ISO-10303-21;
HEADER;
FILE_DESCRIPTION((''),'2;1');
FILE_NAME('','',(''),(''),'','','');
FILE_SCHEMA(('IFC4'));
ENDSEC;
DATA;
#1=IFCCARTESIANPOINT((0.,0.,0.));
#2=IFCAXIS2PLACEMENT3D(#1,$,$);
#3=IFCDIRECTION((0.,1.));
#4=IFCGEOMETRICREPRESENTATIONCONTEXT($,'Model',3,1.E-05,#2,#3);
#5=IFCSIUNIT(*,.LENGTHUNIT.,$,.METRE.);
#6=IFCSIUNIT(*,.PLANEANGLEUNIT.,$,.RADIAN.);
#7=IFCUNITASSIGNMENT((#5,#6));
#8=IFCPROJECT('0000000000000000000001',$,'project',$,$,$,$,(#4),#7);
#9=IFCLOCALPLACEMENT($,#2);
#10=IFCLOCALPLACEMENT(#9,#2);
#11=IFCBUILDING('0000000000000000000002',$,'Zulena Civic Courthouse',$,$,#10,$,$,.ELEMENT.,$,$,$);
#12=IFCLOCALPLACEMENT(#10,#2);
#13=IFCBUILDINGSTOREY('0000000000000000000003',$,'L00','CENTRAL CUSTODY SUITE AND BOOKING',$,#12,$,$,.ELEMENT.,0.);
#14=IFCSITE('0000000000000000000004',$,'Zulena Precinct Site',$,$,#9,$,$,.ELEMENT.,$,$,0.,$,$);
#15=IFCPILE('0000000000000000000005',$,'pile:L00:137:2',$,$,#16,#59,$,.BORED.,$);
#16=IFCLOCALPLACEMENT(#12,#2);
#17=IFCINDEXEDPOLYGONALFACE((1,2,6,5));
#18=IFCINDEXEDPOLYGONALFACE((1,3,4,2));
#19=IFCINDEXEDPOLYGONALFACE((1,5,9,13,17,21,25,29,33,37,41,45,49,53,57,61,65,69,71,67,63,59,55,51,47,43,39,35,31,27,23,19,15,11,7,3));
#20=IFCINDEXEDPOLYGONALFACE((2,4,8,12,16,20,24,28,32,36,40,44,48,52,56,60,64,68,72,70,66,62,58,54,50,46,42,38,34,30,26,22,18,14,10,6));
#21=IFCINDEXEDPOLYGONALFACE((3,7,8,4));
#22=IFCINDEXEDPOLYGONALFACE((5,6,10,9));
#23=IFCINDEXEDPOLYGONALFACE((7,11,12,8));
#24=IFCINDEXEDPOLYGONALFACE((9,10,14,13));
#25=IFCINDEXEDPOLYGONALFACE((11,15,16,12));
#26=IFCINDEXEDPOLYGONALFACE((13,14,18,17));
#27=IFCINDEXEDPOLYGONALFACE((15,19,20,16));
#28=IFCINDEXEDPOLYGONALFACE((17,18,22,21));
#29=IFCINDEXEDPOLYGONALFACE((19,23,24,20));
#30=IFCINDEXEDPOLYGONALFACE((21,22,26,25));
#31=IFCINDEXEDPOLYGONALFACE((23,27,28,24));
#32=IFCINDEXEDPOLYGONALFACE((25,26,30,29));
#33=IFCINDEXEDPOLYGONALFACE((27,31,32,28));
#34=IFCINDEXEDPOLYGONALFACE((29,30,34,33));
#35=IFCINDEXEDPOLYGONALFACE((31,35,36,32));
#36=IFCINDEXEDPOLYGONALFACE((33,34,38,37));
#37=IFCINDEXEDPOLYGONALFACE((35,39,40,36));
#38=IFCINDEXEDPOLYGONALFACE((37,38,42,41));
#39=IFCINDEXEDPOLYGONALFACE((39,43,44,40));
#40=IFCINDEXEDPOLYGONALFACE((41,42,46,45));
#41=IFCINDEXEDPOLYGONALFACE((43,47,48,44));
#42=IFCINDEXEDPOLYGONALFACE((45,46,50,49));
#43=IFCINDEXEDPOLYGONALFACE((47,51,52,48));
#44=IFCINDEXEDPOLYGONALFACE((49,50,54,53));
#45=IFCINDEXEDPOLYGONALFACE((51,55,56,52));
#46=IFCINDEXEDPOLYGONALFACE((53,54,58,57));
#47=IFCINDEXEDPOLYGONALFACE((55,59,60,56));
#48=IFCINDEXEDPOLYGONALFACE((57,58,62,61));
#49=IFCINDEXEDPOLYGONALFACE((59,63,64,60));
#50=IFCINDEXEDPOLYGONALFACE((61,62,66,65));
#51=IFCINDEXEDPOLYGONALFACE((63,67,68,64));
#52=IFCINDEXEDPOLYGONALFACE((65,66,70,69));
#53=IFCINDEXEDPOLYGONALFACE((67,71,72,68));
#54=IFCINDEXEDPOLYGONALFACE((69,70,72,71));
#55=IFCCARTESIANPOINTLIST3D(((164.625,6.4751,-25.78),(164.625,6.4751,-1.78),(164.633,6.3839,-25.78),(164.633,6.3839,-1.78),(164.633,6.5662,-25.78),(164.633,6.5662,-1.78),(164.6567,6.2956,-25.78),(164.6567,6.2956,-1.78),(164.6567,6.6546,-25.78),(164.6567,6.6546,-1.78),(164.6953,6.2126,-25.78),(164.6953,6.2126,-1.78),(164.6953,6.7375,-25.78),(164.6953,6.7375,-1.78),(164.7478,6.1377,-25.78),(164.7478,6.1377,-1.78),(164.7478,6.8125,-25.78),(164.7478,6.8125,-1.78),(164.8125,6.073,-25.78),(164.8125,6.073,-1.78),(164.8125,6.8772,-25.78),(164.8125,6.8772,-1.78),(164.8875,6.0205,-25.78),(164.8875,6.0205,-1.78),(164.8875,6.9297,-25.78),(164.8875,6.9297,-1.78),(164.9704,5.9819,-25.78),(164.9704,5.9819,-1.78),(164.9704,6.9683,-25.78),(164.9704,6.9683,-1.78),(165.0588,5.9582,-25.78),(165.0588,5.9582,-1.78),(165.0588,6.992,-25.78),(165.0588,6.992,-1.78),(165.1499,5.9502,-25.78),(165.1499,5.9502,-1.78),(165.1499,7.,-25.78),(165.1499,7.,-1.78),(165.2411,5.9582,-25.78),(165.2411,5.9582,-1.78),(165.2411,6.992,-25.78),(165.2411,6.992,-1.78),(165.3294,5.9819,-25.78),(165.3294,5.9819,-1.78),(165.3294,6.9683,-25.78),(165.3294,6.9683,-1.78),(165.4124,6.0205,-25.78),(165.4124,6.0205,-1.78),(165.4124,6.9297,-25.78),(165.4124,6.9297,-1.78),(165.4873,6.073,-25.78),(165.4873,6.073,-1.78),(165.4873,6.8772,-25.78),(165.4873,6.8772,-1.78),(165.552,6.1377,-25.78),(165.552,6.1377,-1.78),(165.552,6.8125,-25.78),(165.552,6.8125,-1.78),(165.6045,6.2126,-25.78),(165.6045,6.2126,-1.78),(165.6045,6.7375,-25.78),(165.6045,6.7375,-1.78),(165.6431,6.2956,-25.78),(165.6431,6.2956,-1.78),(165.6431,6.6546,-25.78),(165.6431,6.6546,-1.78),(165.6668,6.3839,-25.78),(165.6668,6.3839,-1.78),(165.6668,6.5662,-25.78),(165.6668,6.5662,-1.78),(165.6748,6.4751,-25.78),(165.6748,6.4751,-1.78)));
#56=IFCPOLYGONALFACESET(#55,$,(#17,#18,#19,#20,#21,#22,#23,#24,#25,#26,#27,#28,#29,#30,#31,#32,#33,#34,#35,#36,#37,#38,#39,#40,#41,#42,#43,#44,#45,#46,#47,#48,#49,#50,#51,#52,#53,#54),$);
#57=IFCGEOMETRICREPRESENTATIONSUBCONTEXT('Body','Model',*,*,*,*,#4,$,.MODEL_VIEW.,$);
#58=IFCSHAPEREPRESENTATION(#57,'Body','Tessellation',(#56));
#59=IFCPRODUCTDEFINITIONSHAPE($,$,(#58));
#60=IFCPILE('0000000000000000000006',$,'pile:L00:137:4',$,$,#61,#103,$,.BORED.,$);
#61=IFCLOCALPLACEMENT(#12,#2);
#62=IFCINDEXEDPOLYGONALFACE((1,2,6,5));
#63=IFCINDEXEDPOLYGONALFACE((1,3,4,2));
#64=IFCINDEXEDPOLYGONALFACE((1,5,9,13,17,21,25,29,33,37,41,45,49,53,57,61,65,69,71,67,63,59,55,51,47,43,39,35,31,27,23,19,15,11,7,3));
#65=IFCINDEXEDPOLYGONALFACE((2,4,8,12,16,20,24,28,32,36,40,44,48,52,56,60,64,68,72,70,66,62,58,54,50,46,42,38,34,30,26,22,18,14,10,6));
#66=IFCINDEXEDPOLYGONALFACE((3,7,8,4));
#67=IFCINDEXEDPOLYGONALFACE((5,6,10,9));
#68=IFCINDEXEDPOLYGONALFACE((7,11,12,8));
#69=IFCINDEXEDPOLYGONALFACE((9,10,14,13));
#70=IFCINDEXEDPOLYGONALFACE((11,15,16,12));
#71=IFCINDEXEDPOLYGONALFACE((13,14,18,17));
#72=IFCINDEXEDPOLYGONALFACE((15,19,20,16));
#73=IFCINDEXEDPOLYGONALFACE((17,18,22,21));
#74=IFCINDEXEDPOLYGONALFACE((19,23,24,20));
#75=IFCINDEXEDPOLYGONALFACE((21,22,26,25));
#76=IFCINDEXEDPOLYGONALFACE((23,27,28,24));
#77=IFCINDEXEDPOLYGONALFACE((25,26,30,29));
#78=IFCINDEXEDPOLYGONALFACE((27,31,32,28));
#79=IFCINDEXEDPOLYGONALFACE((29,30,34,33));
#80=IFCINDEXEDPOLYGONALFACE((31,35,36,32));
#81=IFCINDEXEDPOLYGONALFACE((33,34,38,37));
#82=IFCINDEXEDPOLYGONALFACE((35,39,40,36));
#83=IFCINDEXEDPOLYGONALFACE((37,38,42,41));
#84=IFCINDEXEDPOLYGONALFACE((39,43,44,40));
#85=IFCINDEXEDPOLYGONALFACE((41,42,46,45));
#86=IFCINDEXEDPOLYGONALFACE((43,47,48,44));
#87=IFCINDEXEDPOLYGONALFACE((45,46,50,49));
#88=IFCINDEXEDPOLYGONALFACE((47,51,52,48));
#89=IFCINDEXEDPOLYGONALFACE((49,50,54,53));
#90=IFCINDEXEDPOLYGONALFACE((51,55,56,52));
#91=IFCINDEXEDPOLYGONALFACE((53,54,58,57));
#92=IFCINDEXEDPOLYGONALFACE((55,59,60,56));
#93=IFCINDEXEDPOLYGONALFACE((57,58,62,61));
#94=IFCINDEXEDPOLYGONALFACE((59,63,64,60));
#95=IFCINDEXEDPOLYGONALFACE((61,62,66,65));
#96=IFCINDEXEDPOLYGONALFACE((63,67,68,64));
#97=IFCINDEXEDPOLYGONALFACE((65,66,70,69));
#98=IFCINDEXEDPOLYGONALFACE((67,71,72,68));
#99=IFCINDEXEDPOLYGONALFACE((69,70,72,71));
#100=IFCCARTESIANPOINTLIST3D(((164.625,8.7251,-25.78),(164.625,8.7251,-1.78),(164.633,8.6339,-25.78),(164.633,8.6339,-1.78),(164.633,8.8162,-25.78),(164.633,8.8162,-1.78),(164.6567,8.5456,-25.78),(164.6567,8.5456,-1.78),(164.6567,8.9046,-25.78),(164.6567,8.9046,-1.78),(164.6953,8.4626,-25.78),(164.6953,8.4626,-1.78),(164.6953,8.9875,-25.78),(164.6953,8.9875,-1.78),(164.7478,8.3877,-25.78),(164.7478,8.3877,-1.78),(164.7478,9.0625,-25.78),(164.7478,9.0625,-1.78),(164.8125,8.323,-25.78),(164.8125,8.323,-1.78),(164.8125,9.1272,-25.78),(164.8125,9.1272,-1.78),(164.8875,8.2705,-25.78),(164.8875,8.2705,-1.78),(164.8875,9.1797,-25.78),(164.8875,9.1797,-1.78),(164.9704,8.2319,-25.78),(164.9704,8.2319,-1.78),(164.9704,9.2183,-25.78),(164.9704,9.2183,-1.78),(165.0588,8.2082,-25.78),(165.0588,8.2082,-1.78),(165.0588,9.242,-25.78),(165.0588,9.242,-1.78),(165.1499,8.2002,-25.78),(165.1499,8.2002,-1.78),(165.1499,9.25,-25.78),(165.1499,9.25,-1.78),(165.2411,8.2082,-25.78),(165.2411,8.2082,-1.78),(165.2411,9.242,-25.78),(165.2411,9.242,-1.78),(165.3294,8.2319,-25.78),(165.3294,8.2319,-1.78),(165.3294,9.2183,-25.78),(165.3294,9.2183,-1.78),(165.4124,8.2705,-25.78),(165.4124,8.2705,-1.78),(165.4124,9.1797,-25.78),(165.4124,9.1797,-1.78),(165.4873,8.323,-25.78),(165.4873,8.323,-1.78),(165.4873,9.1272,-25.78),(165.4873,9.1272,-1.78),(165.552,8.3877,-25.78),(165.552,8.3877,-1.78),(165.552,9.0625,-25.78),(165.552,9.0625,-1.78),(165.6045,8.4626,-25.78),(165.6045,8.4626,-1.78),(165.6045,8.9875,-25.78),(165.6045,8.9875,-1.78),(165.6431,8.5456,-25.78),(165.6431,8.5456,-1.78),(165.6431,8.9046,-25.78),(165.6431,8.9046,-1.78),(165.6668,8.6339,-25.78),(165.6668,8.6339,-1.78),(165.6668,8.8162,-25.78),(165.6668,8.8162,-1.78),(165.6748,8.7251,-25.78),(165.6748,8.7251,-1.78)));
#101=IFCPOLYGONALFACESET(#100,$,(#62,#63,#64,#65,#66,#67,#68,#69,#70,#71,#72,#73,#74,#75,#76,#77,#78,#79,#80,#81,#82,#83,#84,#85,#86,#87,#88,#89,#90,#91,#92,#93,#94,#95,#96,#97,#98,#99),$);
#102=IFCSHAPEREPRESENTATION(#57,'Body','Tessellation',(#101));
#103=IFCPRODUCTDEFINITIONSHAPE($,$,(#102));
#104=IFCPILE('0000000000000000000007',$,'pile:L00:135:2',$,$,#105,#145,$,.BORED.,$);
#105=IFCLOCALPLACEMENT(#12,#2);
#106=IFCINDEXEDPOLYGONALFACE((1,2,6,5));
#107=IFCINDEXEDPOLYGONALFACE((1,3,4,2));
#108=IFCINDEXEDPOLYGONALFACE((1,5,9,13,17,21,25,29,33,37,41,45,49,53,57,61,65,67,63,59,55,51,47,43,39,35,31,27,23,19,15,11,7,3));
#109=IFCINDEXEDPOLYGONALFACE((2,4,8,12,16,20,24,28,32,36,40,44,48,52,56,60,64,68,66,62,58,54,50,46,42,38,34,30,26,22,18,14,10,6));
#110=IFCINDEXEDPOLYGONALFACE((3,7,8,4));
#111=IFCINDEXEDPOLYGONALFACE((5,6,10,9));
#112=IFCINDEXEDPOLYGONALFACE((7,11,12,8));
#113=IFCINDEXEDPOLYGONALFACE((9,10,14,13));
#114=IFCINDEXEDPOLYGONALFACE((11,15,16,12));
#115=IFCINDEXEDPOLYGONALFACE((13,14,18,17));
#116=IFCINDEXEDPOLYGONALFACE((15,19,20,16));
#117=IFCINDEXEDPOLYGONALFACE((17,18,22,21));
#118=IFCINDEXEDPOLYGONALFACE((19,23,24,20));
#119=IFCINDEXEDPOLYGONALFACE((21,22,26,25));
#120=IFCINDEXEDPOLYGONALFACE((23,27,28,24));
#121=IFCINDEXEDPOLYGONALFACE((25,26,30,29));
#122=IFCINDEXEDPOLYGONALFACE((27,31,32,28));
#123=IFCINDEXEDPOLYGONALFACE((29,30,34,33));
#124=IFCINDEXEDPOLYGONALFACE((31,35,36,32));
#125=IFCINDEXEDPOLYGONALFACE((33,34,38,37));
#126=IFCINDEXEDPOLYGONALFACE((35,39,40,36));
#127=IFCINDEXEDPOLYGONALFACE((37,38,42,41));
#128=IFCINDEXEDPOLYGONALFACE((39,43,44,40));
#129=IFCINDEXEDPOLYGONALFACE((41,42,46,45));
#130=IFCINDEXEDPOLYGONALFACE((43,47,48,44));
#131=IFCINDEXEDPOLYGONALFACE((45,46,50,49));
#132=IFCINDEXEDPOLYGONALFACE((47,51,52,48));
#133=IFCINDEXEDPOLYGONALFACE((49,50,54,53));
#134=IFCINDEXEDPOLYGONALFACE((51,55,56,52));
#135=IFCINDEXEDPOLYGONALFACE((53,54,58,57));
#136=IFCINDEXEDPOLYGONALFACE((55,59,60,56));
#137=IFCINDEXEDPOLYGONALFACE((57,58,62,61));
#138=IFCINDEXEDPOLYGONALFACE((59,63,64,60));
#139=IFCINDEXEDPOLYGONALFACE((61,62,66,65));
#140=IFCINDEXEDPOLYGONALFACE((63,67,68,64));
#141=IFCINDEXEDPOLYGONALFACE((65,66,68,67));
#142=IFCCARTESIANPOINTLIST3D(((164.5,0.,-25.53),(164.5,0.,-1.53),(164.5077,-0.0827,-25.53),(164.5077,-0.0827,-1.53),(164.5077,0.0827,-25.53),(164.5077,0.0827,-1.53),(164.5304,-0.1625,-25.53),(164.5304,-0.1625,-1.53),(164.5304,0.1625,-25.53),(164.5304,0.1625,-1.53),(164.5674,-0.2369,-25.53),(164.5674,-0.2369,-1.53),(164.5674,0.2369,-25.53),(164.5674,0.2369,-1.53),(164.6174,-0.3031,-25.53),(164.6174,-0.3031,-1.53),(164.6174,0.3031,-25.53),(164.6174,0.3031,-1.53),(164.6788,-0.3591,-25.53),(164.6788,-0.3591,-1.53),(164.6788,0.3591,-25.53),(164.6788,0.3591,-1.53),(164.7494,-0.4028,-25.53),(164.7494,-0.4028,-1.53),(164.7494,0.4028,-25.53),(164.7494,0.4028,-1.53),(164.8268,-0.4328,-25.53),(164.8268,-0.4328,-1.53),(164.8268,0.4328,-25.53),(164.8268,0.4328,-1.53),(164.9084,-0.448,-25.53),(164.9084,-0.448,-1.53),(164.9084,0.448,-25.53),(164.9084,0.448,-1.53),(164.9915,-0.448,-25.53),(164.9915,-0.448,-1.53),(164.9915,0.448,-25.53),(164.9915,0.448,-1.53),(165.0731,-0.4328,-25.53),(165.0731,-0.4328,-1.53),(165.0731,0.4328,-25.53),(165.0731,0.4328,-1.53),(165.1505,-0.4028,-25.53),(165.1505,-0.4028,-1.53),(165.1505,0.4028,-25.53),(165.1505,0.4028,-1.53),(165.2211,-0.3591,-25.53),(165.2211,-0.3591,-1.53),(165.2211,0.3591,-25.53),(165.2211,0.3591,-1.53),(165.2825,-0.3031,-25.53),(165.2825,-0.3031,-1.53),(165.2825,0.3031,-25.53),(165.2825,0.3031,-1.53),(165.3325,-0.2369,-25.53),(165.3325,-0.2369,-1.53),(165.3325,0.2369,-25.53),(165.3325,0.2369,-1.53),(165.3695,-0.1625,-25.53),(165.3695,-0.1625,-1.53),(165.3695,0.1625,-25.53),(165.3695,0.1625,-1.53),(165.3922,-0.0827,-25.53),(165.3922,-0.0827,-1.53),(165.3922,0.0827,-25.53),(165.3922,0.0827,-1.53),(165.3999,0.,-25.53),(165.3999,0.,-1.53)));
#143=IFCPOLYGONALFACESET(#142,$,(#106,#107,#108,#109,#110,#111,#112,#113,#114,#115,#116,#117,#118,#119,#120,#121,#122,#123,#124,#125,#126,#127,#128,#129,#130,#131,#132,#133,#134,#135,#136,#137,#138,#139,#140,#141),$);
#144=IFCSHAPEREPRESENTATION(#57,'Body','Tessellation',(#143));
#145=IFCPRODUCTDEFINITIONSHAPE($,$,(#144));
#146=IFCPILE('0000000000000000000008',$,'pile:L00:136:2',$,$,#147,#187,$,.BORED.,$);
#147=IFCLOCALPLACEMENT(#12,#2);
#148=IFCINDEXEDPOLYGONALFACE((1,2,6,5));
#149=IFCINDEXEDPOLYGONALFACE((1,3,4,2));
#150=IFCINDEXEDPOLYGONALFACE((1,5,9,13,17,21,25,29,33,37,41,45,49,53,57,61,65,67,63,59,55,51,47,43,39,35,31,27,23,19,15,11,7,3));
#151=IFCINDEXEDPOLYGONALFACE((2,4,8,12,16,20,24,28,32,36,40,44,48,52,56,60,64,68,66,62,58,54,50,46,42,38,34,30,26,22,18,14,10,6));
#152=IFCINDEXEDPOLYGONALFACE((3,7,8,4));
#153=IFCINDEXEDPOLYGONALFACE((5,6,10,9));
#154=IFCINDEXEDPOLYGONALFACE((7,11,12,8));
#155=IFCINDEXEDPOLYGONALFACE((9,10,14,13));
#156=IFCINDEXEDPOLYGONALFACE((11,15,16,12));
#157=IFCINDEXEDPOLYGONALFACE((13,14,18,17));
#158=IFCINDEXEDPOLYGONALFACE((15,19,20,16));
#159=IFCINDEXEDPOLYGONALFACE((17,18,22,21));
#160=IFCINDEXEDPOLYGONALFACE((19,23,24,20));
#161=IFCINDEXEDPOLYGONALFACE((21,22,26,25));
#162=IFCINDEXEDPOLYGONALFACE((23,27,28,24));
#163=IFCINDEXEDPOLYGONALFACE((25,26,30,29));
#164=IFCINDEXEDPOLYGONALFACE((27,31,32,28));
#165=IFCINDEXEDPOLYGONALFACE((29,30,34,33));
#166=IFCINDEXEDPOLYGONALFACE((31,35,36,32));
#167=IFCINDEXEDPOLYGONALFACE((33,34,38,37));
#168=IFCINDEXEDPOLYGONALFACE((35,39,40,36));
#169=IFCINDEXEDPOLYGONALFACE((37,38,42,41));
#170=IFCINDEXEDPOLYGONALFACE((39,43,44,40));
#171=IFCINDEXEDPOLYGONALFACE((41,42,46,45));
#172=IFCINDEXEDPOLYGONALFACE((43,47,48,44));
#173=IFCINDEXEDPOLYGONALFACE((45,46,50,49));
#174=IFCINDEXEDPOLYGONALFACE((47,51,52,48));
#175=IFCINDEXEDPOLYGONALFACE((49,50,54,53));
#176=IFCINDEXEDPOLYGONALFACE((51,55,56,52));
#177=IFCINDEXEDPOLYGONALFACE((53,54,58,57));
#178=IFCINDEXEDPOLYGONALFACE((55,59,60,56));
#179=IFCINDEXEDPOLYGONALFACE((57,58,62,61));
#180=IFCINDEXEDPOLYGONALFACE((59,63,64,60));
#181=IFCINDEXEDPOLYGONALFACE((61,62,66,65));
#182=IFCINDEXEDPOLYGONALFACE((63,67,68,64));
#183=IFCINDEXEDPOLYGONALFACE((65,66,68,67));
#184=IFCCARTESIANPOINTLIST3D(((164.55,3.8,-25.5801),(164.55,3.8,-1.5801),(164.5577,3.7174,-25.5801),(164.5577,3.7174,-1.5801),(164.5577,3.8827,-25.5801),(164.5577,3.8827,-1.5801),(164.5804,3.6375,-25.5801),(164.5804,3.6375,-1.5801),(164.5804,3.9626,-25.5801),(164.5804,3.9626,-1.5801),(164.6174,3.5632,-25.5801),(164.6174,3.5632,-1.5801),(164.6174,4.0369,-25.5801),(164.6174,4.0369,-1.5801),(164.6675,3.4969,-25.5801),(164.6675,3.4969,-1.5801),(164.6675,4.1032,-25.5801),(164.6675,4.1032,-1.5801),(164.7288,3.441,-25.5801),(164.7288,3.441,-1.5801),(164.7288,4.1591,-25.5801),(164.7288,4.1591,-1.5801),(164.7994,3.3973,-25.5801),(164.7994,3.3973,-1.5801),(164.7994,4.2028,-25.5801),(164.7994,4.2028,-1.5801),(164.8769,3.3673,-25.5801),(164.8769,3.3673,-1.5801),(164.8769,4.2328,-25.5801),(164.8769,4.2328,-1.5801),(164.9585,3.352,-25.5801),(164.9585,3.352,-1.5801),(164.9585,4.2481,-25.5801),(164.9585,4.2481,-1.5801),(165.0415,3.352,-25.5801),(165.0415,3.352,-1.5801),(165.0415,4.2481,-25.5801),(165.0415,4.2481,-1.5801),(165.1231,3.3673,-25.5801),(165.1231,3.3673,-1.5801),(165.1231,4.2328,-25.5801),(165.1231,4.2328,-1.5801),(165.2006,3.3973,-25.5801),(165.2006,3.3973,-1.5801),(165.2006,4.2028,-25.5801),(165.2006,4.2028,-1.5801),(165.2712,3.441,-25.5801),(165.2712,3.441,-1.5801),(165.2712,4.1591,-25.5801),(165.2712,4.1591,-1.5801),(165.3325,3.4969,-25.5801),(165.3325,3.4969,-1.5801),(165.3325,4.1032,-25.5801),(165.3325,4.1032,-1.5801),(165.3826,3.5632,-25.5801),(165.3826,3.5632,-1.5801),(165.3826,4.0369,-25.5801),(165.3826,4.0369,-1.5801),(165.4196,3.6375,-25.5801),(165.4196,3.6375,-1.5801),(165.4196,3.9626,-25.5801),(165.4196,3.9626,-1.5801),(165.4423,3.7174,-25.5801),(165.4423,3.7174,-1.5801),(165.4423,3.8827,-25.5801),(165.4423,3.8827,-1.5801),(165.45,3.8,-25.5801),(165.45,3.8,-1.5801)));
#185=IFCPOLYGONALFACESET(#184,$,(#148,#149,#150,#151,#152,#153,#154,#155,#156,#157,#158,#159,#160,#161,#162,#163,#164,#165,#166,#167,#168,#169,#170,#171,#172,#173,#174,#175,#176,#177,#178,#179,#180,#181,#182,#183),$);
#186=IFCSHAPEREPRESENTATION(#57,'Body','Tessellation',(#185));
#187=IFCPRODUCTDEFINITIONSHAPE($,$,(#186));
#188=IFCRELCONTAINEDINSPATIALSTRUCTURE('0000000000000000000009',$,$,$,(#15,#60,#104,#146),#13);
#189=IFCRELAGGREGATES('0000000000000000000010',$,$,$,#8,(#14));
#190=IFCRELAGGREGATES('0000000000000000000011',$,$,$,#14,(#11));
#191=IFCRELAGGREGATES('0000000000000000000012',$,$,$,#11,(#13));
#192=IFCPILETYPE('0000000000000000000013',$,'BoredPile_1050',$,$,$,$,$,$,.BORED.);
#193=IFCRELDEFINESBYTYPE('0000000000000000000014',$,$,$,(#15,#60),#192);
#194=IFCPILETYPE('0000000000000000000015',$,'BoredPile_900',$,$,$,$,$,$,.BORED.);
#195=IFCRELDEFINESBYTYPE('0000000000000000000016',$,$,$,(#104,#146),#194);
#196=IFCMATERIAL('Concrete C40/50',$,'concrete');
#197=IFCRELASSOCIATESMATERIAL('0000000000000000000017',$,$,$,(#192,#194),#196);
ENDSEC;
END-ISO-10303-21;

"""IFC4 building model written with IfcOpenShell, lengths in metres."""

from ifc_helpers import new_model, si_unit, direction, frame, origin, origin_2d, place, context, subcontext, project, spatial, circle, extrude, material, material_profile, profile_set, type_object, element, save


model = new_model("IFC4")

# Units and contexts
model_context = context("Model", 3, precision=1e-05, world=origin(), true_north=direction((0.0, 1.0)))
body_context = subcontext(model_context, "Body", "Model", "MODEL_VIEW")
ifc_project = project(units=[si_unit("LENGTHUNIT", "METRE"), si_unit("PLANEANGLEUNIT", "RADIAN")], contexts=[model_context])

# Site, building, storey
site_placement = place(None, origin())
site = spatial("IfcSite", under=ifc_project, at=site_placement, Name="Zulena Precinct Site", CompositionType="ELEMENT", RefElevation=0.0)
building_placement = place(site_placement, origin())
building = spatial("IfcBuilding", under=site, at=building_placement, Name="Zulena Civic Courthouse", CompositionType="ELEMENT")
storey_placement = place(building_placement, origin())
storey = spatial("IfcBuildingStorey", under=building, at=storey_placement, Name="L00", Description="CENTRAL CUSTODY SUITE AND BOOKING", CompositionType="ELEMENT", Elevation=0.0)

# Piles
ifc_material_1 = material(Name="Concrete C40/50", Category="concrete")
ifc_material_profile_1 = material_profile(ifc_material_1, circle(Radius=0.5249, at=origin_2d()), Name="PILE1050")
ifc_profile_set_1 = profile_set([ifc_material_profile_1], Name="Concrete C40/50")
pile_type_1 = type_object("IfcPileType", Name="BoredPile_1050", PredefinedType="BORED", material=ifc_profile_set_1)
for number, where, z_axis, x_axis, name in (
    (1, (165.1499, 6.4751, -1.78), (0.0, 0.0, -1.0), (1.0, 0.0, 0.0), "pile:L00:137:2"),
    (2, (165.1499, 8.7251, -1.78), (0.0, 0.0, -1.0), (1.0, 0.0, 0.0), "pile:L00:137:4"),
):
    element("IfcPile", number, at=place(storey_placement, frame(where, z_axis=z_axis, x_axis=x_axis)), inside=storey, type_object=pile_type_1, Name=name, PredefinedType="BORED", context=body_context, shape_type="SweptSolid", body=[
        extrude(circle(Radius=0.5249, at=origin_2d()), origin(), (0.0, 0.0, 1.0), 24.0),
    ])
ifc_material_profile_2 = material_profile(ifc_material_1, circle(Radius=0.45, at=origin_2d()), Name="PILE900")
ifc_profile_set_2 = profile_set([ifc_material_profile_2], Name="Concrete C40/50")
pile_type_2 = type_object("IfcPileType", Name="BoredPile_900", PredefinedType="BORED", material=ifc_profile_set_2)
for number, where, z_axis, x_axis, name in (
    (3, (164.95, 0.0, -1.53), (0.0, 0.0, -1.0), (1.0, 0.0, 0.0), "pile:L00:135:2"),
    (4, (165.0, 3.8, -1.5801), (0.0, 0.0, -1.0), (1.0, 0.0, 0.0), "pile:L00:136:2"),
):
    element("IfcPile", number, at=place(storey_placement, frame(where, z_axis=z_axis, x_axis=x_axis)), inside=storey, type_object=pile_type_2, Name=name, PredefinedType="BORED", context=body_context, shape_type="SweptSolid", body=[
        extrude(circle(Radius=0.45, at=origin_2d()), origin(), (0.0, 0.0, 1.0), 24.0),
    ])

save(model, "model.ifc")
